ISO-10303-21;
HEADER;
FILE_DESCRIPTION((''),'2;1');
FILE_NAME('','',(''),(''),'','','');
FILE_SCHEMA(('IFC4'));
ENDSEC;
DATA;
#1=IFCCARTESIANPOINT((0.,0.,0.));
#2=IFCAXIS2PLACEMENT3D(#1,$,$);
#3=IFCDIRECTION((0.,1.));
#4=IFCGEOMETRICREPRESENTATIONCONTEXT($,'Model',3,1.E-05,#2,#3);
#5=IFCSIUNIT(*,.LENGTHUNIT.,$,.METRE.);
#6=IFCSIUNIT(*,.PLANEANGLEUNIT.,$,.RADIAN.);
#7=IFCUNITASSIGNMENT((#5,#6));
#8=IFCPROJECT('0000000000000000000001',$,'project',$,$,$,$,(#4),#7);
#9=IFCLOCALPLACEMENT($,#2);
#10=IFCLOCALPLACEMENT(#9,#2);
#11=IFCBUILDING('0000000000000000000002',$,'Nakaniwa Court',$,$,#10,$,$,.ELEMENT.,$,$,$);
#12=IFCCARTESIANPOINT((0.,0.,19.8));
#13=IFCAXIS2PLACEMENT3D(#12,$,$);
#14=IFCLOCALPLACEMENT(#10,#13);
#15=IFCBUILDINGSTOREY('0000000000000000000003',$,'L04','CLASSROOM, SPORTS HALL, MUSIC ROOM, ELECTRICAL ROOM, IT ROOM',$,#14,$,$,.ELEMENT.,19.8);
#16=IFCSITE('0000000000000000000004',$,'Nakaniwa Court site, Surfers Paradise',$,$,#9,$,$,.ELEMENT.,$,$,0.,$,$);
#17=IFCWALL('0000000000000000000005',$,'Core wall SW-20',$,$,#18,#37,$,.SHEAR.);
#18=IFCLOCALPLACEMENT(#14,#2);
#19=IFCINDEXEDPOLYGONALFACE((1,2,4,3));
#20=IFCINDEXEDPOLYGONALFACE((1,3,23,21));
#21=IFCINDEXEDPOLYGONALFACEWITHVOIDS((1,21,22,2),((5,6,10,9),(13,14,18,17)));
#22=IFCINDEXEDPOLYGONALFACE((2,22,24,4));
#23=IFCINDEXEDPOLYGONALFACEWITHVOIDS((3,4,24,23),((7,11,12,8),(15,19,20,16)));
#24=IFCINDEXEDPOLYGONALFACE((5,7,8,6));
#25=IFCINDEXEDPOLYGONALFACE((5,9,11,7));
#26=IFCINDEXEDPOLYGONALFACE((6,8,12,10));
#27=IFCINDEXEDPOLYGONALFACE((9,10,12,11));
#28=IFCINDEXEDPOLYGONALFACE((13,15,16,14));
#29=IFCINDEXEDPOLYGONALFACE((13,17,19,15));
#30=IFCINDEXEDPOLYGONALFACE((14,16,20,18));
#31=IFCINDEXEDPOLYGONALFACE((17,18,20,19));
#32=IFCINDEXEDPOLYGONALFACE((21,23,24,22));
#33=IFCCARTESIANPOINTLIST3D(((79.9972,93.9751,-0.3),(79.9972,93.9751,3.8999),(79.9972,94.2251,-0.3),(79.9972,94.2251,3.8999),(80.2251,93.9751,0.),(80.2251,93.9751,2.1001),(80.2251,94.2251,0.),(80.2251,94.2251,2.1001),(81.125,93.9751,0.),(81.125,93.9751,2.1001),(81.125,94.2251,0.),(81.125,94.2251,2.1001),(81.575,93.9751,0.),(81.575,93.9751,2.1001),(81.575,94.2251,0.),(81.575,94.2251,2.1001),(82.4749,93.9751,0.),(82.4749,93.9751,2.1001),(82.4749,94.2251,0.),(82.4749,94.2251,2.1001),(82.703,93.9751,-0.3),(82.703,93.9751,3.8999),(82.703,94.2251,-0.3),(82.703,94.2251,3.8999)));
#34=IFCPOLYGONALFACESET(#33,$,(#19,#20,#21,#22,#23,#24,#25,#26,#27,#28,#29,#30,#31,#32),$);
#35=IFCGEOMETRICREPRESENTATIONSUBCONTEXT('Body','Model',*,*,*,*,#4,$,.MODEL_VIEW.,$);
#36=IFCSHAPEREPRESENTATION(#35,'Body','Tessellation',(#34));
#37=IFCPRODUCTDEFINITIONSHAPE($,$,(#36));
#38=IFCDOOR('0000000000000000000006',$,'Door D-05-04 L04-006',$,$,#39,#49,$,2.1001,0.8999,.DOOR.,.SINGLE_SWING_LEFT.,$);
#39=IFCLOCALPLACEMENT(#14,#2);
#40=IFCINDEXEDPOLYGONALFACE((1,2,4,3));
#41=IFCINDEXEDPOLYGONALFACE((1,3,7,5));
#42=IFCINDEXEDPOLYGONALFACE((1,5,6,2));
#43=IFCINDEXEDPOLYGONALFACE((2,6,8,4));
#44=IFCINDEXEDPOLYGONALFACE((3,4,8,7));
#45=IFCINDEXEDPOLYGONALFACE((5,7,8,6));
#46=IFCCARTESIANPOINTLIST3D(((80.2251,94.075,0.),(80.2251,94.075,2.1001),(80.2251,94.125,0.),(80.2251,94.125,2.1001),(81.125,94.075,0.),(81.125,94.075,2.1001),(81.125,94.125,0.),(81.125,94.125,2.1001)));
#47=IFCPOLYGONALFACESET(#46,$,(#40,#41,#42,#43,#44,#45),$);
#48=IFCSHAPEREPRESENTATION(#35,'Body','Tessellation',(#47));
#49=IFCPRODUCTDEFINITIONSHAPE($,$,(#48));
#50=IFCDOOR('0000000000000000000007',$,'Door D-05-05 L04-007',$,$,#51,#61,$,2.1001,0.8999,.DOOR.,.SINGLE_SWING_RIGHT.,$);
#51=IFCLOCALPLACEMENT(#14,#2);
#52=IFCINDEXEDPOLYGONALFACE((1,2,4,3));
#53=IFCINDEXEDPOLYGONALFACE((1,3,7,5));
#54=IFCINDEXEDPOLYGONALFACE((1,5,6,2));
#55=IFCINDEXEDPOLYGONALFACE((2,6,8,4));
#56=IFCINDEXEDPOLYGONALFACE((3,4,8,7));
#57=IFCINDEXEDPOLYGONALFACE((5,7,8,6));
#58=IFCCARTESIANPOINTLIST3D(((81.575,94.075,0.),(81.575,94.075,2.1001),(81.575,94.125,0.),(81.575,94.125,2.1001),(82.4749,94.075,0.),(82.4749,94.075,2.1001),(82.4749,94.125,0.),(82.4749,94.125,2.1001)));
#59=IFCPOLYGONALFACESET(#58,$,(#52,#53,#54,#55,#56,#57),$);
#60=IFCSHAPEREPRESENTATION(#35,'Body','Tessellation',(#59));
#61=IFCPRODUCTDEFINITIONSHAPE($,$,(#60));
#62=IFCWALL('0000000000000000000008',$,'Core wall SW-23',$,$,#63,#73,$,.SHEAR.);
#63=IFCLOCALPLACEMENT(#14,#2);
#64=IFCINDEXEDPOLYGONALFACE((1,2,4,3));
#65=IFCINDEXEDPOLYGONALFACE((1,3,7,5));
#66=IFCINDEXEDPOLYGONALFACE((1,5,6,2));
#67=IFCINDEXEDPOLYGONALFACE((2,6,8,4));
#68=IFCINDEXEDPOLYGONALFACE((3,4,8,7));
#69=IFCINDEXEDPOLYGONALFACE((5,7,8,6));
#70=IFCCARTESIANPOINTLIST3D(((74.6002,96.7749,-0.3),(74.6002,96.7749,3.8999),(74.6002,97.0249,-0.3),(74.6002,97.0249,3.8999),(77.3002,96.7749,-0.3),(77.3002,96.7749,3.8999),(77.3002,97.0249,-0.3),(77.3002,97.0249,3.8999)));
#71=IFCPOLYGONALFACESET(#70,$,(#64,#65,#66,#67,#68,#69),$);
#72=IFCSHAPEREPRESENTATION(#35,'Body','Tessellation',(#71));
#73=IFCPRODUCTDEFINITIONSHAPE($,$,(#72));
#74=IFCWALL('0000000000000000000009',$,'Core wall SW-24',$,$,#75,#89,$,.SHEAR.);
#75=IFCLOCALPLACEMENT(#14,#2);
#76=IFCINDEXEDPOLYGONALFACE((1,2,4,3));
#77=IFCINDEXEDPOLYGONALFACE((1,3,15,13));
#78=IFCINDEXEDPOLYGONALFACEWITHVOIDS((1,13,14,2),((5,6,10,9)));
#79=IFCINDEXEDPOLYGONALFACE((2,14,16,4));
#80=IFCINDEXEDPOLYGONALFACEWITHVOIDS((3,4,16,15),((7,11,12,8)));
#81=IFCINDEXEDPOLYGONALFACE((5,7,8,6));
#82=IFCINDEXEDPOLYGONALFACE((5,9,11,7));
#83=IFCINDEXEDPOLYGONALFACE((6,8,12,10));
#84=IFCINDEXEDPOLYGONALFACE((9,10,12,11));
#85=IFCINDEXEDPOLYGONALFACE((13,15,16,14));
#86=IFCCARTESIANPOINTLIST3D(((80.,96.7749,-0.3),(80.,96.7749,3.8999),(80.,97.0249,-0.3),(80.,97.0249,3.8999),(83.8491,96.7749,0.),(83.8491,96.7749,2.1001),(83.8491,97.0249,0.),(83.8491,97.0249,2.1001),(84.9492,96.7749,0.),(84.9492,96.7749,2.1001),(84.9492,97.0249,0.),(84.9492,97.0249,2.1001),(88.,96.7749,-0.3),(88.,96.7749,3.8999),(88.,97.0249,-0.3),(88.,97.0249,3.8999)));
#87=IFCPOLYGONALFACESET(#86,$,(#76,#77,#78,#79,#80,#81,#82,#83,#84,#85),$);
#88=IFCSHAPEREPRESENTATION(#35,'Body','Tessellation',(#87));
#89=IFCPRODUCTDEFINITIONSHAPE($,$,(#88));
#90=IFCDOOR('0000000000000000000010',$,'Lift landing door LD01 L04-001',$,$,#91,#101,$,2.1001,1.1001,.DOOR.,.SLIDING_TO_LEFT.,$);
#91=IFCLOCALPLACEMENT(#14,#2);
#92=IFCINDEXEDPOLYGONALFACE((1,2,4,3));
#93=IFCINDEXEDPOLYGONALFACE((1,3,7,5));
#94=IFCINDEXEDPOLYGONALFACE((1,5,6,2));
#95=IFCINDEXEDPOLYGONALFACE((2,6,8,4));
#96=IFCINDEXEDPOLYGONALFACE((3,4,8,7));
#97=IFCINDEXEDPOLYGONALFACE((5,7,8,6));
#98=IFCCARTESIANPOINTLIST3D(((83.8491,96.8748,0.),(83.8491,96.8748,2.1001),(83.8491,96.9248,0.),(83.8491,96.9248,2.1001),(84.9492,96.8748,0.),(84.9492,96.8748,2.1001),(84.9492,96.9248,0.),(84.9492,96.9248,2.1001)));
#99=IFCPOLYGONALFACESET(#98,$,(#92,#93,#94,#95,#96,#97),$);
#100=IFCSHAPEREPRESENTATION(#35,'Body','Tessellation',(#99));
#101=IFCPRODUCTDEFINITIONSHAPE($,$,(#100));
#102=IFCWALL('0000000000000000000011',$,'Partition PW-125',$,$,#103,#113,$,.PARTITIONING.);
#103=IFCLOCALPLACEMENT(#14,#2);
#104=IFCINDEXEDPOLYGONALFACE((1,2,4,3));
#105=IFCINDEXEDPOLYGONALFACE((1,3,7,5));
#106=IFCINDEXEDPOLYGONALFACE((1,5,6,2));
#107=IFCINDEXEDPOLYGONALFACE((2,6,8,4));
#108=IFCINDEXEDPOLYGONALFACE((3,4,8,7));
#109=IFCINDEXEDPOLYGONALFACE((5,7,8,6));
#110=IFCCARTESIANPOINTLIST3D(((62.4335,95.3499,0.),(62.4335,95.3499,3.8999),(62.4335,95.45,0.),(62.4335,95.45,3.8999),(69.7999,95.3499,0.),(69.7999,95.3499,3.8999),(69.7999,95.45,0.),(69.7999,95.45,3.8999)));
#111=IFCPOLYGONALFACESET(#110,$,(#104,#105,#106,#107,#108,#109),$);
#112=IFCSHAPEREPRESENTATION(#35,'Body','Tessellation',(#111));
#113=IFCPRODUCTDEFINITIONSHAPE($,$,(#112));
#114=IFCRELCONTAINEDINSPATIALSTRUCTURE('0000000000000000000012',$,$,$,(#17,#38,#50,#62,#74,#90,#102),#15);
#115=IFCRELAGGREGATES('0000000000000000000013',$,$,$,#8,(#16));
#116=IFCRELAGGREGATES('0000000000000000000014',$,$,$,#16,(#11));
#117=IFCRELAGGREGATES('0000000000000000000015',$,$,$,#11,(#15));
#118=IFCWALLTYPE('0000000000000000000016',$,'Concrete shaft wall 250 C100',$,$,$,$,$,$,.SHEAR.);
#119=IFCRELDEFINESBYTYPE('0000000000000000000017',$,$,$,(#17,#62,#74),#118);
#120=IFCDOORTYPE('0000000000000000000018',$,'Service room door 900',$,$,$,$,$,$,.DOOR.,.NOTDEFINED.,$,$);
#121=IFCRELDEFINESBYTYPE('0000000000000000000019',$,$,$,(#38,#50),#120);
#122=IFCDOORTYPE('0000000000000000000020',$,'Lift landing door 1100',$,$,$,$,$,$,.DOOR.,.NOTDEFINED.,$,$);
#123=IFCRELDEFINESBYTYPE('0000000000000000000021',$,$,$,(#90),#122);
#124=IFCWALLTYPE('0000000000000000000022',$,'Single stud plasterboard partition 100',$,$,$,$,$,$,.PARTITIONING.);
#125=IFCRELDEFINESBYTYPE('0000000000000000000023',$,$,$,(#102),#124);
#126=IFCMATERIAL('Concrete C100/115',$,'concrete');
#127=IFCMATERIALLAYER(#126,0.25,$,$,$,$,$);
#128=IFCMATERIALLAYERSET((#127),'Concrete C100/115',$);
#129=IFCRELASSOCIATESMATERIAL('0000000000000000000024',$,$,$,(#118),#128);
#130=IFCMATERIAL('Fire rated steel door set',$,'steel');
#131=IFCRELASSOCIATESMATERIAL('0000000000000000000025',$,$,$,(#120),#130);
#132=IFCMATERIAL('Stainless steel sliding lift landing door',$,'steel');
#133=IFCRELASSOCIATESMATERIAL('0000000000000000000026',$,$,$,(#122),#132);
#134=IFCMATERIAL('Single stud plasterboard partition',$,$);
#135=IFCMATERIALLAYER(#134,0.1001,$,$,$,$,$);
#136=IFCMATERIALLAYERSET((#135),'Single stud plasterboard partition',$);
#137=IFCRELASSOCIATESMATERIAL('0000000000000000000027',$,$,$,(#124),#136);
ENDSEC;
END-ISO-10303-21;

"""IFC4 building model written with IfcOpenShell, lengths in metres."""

from ifc_helpers import new_model, si_unit, direction, frame, frame_2d, origin, place, context, subcontext, project, spatial, rectangle, extrude, material, layer, layer_set, type_object, element, fill, save


model = new_model("IFC4")

# Units and contexts
model_context = context("Model", 3, precision=1e-05, world=origin(), true_north=direction((0.0, 1.0)))
body_context = subcontext(model_context, "Body", "Model", "MODEL_VIEW")
ifc_project = project(units=[si_unit("LENGTHUNIT", "METRE"), si_unit("PLANEANGLEUNIT", "RADIAN")], contexts=[model_context])

# Site, building, storey
site_placement = place(None, origin())
site = spatial("IfcSite", under=ifc_project, at=site_placement, Name="Nakaniwa Court site, Surfers Paradise", CompositionType="ELEMENT", RefElevation=0.0)
building_placement = place(site_placement, origin())
building = spatial("IfcBuilding", under=site, at=building_placement, Name="Nakaniwa Court", CompositionType="ELEMENT")
storey_placement = place(building_placement, frame((0.0, 0.0, 19.8)))
storey = spatial("IfcBuildingStorey", under=building, at=storey_placement, Name="L04", Description="CLASSROOM, SPORTS HALL, MUSIC ROOM, ELECTRICAL ROOM, IT ROOM", CompositionType="ELEMENT", Elevation=19.8)

# Shared definitions
ifc_material_1 = material(Name="Concrete C100/115", Category="concrete")

# Shared definitions
ifc_material_2 = material(Name="Fire rated steel door set", Category="steel")

# Shared definitions
ifc_layer_1 = layer(ifc_material_1, 0.25)
ifc_layer_set_1 = layer_set([ifc_layer_1], Name="Concrete C100/115")
wall_type_1 = type_object("IfcWallType", Name="Concrete shaft wall 250 C100", PredefinedType="SHEAR", material=ifc_layer_set_1)

# Shared definitions
door_type_1 = type_object("IfcDoorType", Name="Service room door 900", OperationType="NOTDEFINED", PredefinedType="DOOR", material=ifc_material_2)

# Wall, openings, doors
wall_1_placement = place(storey_placement, frame((79.9971, 94.1001, -0.3), z_axis=(0.0, 0.0, 1.0), x_axis=(1.0, 0.0, 0.0)))
wall_1 = element("IfcWall", 1, at=wall_1_placement, inside=storey, type_object=wall_type_1, Name="Core wall SW-20", PredefinedType="SHEAR", context=body_context, shape_type="SweptSolid", body=[
    extrude(rectangle(XDim=2.7058, YDim=0.25, at=frame_2d((1.353, 0.0))), origin(), (0.0, 0.0, 1.0), 4.2),
])
opening_1_placement = place(wall_1_placement, frame((0.228, 0.0, 0.3)))
opening_1 = element("IfcOpeningElement", 2, at=opening_1_placement, cuts=wall_1, PredefinedType="OPENING", context=body_context, shape_type="SweptSolid", body=[
    extrude(rectangle(XDim=0.8999, YDim=2.1001, at=frame_2d((0.45, 1.05))), frame((0.0, 0.135, 0.0), z_axis=(0.0, -1.0, 0.0), x_axis=(1.0, 0.0, 0.0)), (0.0, 0.0, 1.0), 0.27),
])
opening_2_placement = place(wall_1_placement, frame((1.5779, 0.0, 0.3)))
opening_2 = element("IfcOpeningElement", 3, at=opening_2_placement, cuts=wall_1, PredefinedType="OPENING", context=body_context, shape_type="SweptSolid", body=[
    extrude(rectangle(XDim=0.8999, YDim=2.1001, at=frame_2d((0.45, 1.05))), frame((0.0, 0.135, 0.0), z_axis=(0.0, -1.0, 0.0), x_axis=(1.0, 0.0, 0.0)), (0.0, 0.0, 1.0), 0.27),
])
door_1_placement = place(opening_1_placement, origin())
door_1 = element("IfcDoor", 4, at=door_1_placement, inside=storey, type_object=door_type_1, Name="Door D-05-04 L04-006", OperationType="SINGLE_SWING_LEFT", OverallHeight=2.1001, OverallWidth=0.8999, PredefinedType="DOOR", context=body_context, shape_type="SweptSolid", body=[
    extrude(rectangle(XDim=0.8999, YDim=2.1001, at=frame_2d((0.45, 1.05))), frame((0.0, 0.0249, 0.0), z_axis=(0.0, -1.0, 0.0), x_axis=(1.0, 0.0, 0.0)), (0.0, 0.0, 1.0), 0.05),
])
fill(opening_1, door_1)
door_2_placement = place(opening_2_placement, origin())
door_2 = element("IfcDoor", 5, at=door_2_placement, inside=storey, type_object=door_type_1, Name="Door D-05-05 L04-007", OperationType="SINGLE_SWING_RIGHT", OverallHeight=2.1001, OverallWidth=0.8999, PredefinedType="DOOR", context=body_context, shape_type="SweptSolid", body=[
    extrude(rectangle(XDim=0.8999, YDim=2.1001, at=frame_2d((0.45, 1.05))), frame((0.0, 0.0249, 0.0), z_axis=(0.0, -1.0, 0.0), x_axis=(1.0, 0.0, 0.0)), (0.0, 0.0, 1.0), 0.05),
])
fill(opening_2, door_2)

# Wall
wall_2_placement = place(storey_placement, frame((74.6001, 96.8999, -0.3), z_axis=(0.0, 0.0, 1.0), x_axis=(1.0, 0.0, 0.0)))
element("IfcWall", 6, at=wall_2_placement, inside=storey, type_object=wall_type_1, Name="Core wall SW-23", PredefinedType="SHEAR", context=body_context, shape_type="SweptSolid", body=[
    extrude(rectangle(XDim=2.7, YDim=0.25, at=frame_2d((1.3501, 0.0))), origin(), (0.0, 0.0, 1.0), 4.2),
])

# Wall, opening, door
wall_3_placement = place(storey_placement, frame((80.0, 96.8999, -0.3), z_axis=(0.0, 0.0, 1.0), x_axis=(1.0, 0.0, 0.0)))
wall_3 = element("IfcWall", 7, at=wall_3_placement, inside=storey, type_object=wall_type_1, Name="Core wall SW-24", PredefinedType="SHEAR", context=body_context, shape_type="SweptSolid", body=[
    extrude(rectangle(XDim=8.0, YDim=0.25, at=frame_2d((4.0, 0.0))), origin(), (0.0, 0.0, 1.0), 4.2),
])
opening_3_placement = place(wall_3_placement, frame((3.8491, 0.0, 0.3)))
opening_3 = element("IfcOpeningElement", 8, at=opening_3_placement, cuts=wall_3, PredefinedType="OPENING", context=body_context, shape_type="SweptSolid", body=[
    extrude(rectangle(XDim=1.1001, YDim=2.1001, at=frame_2d((0.55, 1.05))), frame((0.0, 0.135, 0.0), z_axis=(0.0, -1.0, 0.0), x_axis=(1.0, 0.0, 0.0)), (0.0, 0.0, 1.0), 0.27),
])
ifc_material_3 = material(Name="Stainless steel sliding lift landing door", Category="steel")
door_type_2 = type_object("IfcDoorType", Name="Lift landing door 1100", OperationType="NOTDEFINED", PredefinedType="DOOR", material=ifc_material_3)
door_3_placement = place(opening_3_placement, origin())
door_3 = element("IfcDoor", 9, at=door_3_placement, inside=storey, type_object=door_type_2, Name="Lift landing door LD01 L04-001", OperationType="SLIDING_TO_LEFT", OverallHeight=2.1001, OverallWidth=1.1001, PredefinedType="DOOR", context=body_context, shape_type="SweptSolid", body=[
    extrude(rectangle(XDim=1.1001, YDim=2.1001, at=frame_2d((0.55, 1.05))), frame((0.0, 0.0249, 0.0), z_axis=(0.0, -1.0, 0.0), x_axis=(1.0, 0.0, 0.0)), (0.0, 0.0, 1.0), 0.05),
])
fill(opening_3, door_3)

# Wall
ifc_material_4 = material(Name="Single stud plasterboard partition")
ifc_layer_2 = layer(ifc_material_4, 0.1001)
ifc_layer_set_2 = layer_set([ifc_layer_2], Name="Single stud plasterboard partition")
wall_type_2 = type_object("IfcWallType", Name="Single stud plasterboard partition 100", PredefinedType="PARTITIONING", material=ifc_layer_set_2)
wall_4_placement = place(storey_placement, frame((62.4336, 95.3999, 0.0), z_axis=(0.0, 0.0, 1.0), x_axis=(1.0, 0.0, 0.0)))
element("IfcWall", 10, at=wall_4_placement, inside=storey, type_object=wall_type_2, Name="Partition PW-125", PredefinedType="PARTITIONING", context=body_context, shape_type="SweptSolid", body=[
    extrude(rectangle(XDim=7.3665, YDim=0.1001, at=frame_2d((3.6831, 0.0))), origin(), (0.0, 0.0, 1.0), 3.8999),
])

save(model, "model.ifc")
